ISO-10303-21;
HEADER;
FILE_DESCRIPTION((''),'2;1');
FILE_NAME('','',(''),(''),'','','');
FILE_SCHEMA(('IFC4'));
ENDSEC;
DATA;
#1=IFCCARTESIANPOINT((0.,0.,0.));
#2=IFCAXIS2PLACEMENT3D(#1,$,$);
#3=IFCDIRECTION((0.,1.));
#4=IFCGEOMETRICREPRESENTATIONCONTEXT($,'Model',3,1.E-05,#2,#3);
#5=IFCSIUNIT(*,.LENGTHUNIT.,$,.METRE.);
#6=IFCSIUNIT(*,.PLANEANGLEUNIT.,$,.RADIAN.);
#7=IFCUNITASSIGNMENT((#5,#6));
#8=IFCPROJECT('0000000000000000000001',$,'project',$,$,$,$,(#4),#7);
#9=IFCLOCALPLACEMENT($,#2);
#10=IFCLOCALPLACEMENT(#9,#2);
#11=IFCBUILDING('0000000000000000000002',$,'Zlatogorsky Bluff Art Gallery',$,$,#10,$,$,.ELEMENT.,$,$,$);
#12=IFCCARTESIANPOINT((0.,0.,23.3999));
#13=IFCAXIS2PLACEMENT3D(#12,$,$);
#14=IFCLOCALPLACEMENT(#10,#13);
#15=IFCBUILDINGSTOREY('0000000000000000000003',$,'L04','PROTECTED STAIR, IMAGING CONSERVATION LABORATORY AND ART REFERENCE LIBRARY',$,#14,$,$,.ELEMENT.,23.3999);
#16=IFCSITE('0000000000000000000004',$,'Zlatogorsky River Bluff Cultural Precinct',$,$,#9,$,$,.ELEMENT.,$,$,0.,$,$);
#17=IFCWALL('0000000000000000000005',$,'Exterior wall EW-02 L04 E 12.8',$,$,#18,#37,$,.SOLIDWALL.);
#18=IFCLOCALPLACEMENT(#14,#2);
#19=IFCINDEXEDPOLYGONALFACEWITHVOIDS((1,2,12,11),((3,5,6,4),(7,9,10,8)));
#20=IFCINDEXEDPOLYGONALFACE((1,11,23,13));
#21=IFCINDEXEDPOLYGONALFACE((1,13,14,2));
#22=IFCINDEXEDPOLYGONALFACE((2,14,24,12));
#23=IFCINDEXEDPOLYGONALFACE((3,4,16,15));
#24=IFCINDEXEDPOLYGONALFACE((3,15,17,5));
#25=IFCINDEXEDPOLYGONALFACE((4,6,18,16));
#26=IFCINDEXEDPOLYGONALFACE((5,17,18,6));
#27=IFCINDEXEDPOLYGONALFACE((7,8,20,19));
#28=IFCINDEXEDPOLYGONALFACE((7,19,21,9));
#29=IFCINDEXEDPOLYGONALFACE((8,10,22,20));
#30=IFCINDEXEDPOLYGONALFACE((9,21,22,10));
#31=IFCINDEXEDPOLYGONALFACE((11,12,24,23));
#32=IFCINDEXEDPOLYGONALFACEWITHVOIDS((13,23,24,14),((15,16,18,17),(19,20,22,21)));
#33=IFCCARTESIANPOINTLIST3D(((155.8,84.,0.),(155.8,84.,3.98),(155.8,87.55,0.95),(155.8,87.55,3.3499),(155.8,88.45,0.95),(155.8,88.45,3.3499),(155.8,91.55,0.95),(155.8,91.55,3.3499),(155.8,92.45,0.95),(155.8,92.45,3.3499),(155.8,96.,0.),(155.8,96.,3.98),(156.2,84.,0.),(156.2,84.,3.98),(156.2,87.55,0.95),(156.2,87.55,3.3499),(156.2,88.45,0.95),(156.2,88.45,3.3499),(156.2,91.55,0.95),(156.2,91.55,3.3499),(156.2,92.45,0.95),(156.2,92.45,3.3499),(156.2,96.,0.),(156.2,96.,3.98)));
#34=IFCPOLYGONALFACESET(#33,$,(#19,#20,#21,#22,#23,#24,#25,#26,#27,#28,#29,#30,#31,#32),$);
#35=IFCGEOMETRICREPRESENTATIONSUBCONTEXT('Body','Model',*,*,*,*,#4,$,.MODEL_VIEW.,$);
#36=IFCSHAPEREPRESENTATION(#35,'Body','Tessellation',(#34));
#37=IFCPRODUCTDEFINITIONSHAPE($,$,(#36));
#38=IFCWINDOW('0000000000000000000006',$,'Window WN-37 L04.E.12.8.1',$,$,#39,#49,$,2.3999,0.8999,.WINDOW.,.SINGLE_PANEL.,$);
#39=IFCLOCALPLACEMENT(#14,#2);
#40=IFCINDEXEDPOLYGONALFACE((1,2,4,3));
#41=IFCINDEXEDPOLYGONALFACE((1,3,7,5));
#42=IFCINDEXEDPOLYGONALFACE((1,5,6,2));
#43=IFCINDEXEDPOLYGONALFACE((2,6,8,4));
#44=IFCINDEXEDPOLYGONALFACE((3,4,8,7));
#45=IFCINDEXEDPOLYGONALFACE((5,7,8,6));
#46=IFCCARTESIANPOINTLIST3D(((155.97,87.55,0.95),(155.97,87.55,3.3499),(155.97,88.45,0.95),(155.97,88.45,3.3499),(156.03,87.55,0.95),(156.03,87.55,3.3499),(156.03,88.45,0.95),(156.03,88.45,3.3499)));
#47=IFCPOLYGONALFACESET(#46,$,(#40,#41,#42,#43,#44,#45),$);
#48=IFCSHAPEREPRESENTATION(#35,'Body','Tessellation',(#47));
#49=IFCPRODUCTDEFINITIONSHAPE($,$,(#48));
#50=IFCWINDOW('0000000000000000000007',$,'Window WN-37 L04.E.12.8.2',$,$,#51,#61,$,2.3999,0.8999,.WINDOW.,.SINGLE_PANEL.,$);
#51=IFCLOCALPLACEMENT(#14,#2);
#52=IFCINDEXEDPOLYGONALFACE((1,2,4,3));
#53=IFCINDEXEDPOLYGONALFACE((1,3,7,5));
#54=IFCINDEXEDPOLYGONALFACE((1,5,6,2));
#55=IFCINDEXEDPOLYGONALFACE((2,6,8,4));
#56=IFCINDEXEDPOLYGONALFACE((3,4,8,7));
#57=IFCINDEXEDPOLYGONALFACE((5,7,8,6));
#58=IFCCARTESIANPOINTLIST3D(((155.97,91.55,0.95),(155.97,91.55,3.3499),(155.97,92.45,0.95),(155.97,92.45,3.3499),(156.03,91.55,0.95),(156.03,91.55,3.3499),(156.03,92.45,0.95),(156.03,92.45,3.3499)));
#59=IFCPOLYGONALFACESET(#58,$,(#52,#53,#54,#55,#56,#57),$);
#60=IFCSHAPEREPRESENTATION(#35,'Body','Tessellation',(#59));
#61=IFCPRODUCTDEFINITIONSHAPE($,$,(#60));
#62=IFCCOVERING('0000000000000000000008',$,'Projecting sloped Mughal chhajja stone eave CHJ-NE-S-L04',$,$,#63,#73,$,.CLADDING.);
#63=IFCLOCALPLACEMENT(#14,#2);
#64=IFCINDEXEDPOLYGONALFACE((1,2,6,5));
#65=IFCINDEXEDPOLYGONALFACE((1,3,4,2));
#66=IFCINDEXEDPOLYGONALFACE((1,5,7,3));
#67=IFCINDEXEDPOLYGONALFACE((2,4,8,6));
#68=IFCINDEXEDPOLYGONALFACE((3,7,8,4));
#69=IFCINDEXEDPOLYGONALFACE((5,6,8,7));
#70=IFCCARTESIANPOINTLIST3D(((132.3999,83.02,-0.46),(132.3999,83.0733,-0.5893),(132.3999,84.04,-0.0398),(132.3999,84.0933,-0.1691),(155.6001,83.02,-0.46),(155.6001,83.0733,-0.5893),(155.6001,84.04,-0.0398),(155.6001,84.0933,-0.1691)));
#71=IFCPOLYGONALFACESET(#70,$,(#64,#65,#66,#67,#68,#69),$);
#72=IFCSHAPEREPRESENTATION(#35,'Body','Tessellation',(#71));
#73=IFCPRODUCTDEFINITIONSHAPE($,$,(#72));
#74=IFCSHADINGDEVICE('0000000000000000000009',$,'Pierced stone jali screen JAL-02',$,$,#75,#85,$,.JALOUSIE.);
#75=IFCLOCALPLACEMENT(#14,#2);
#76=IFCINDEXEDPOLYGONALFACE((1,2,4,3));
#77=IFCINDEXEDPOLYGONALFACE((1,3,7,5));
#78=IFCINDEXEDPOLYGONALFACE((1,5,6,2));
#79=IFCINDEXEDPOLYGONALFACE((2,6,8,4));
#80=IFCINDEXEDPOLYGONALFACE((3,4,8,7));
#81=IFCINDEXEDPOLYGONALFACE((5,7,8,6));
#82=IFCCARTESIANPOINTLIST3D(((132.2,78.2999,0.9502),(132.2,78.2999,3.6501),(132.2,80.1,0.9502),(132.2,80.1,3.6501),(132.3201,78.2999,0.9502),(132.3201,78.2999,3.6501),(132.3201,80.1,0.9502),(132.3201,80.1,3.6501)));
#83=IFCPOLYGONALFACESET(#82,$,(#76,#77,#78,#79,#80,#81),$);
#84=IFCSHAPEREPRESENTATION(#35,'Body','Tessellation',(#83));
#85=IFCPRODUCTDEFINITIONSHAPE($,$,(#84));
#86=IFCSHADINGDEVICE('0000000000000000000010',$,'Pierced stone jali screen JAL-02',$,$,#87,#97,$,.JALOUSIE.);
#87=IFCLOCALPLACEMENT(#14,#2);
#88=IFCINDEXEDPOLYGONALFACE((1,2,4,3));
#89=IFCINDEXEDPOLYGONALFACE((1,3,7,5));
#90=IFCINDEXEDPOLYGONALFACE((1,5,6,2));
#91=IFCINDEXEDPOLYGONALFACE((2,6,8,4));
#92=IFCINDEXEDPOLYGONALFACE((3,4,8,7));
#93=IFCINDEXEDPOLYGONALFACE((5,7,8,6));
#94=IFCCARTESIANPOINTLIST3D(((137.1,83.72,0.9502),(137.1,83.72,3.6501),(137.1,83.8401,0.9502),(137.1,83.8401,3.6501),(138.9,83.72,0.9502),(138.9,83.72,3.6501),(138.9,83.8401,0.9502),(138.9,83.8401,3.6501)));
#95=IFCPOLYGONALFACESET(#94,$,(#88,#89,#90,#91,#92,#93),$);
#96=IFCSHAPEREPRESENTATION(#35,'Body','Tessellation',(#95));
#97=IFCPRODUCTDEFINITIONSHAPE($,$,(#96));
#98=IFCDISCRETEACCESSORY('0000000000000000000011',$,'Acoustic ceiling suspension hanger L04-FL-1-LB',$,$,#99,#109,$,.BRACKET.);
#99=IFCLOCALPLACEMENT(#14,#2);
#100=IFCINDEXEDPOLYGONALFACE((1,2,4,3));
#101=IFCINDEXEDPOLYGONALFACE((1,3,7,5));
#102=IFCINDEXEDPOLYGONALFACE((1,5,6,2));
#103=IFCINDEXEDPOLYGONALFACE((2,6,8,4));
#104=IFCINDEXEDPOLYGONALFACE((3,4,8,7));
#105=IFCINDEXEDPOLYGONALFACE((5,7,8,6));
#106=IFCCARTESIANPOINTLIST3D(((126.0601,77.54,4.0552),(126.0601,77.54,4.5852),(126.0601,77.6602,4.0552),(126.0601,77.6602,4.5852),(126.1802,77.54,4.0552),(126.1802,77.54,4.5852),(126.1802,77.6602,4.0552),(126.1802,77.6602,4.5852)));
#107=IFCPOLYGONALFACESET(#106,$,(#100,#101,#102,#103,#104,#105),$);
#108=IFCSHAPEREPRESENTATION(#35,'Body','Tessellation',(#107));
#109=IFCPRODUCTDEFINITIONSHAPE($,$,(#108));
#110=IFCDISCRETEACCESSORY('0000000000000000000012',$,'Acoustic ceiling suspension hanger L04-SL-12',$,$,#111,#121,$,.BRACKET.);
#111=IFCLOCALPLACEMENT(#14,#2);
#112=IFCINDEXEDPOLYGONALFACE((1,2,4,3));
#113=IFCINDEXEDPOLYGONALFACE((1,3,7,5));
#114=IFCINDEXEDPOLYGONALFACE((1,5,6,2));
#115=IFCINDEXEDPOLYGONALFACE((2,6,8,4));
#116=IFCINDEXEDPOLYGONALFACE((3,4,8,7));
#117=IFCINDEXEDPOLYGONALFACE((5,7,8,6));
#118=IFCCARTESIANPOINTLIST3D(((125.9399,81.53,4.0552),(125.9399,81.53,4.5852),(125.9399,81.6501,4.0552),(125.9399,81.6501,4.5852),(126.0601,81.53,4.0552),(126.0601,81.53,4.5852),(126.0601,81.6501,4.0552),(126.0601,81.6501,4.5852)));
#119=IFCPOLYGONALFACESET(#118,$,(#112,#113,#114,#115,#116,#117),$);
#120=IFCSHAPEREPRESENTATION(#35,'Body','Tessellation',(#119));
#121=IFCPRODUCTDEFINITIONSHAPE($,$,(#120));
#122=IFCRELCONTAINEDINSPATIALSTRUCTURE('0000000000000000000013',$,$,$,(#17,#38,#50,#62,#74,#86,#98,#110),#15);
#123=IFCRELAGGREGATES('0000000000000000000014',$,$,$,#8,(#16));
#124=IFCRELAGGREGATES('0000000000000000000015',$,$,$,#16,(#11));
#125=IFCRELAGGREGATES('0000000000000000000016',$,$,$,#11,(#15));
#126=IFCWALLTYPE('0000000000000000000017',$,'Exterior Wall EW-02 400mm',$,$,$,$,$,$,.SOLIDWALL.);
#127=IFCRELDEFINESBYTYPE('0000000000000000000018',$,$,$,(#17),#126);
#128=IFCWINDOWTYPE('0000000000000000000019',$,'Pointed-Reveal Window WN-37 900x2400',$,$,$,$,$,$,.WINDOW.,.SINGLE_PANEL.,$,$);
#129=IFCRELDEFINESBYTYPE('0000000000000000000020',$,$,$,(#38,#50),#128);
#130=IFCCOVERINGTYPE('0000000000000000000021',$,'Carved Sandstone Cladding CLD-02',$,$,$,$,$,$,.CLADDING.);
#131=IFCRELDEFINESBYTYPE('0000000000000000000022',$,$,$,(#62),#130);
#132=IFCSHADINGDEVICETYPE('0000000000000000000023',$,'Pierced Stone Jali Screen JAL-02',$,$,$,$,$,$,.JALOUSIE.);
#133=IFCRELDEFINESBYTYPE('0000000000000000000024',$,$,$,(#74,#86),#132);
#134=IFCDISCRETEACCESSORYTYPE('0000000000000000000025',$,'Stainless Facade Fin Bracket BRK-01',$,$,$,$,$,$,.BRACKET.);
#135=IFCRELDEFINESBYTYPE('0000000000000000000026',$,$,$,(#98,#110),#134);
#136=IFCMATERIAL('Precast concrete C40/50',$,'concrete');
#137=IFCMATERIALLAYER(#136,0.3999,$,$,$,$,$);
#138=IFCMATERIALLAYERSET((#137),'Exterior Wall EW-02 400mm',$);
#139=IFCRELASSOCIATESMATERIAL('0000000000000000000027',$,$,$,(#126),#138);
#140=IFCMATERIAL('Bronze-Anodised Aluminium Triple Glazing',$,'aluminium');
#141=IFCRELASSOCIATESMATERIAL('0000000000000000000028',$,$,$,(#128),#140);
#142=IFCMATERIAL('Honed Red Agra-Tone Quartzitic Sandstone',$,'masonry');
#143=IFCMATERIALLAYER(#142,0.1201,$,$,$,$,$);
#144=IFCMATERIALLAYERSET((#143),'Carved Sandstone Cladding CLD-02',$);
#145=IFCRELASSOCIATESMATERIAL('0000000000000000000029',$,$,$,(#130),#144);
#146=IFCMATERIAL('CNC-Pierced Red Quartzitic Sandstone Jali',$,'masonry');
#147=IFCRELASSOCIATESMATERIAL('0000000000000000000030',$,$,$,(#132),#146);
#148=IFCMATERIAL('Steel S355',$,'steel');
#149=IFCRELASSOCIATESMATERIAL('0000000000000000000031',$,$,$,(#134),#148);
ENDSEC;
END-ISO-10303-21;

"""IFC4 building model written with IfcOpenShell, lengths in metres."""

from ifc_helpers import new_model, si_unit, direction, frame, frame_2d, origin, origin_2d, place, context, subcontext, project, spatial, polyline, rectangle, outline, extrude, material, layer, layer_set, type_object, element, fill, save


model = new_model("IFC4")

# Units and contexts
model_context = context("Model", 3, precision=1e-05, world=origin(), true_north=direction((0.0, 1.0)))
body_context = subcontext(model_context, "Body", "Model", "MODEL_VIEW")
ifc_project = project(units=[si_unit("LENGTHUNIT", "METRE"), si_unit("PLANEANGLEUNIT", "RADIAN")], contexts=[model_context])

# Site, building, storey
site_placement = place(None, origin())
site = spatial("IfcSite", under=ifc_project, at=site_placement, Name="Zlatogorsky River Bluff Cultural Precinct", CompositionType="ELEMENT", RefElevation=0.0)
building_placement = place(site_placement, origin())
building = spatial("IfcBuilding", under=site, at=building_placement, Name="Zlatogorsky Bluff Art Gallery", CompositionType="ELEMENT")
storey_placement = place(building_placement, frame((0.0, 0.0, 23.3999)))
storey = spatial("IfcBuildingStorey", under=building, at=storey_placement, Name="L04", Description="PROTECTED STAIR, IMAGING CONSERVATION LABORATORY AND ART REFERENCE LIBRARY", CompositionType="ELEMENT", Elevation=23.3999)

# Shared definitions
ifc_material_1 = material(Name="Steel S355", Category="steel")

# Shared definitions
ifc_material_2 = material(Name="Precast concrete C40/50", Category="concrete")
ifc_material_3 = material(Name="Bronze-Anodised Aluminium Triple Glazing", Category="aluminium")
ifc_layer_1 = layer(ifc_material_2, 0.3999)
ifc_layer_set_1 = layer_set([ifc_layer_1], Name="Exterior Wall EW-02 400mm")
wall_type_1 = type_object("IfcWallType", Name="Exterior Wall EW-02 400mm", PredefinedType="SOLIDWALL", material=ifc_layer_set_1)

# Wall, openings, windows
wall_1_placement = place(storey_placement, frame((156.0, 84.0, 0.0), z_axis=(0.0, 0.0, 1.0), x_axis=(0.0, 1.0, 0.0)))
wall_1 = element("IfcWall", 1, at=wall_1_placement, inside=storey, type_object=wall_type_1, Name="Exterior wall EW-02 L04 E 12.8", PredefinedType="SOLIDWALL", context=body_context, shape_type="SweptSolid", body=[
    extrude(rectangle(XDim=12.0, YDim=0.3999, at=frame_2d((6.0, 0.0))), origin(), (0.0, 0.0, 1.0), 3.98),
])
opening_1_placement = place(wall_1_placement, frame((3.55, 0.0, 0.95)))
opening_1 = element("IfcOpeningElement", 2, at=opening_1_placement, cuts=wall_1, PredefinedType="OPENING", context=body_context, shape_type="SweptSolid", body=[
    extrude(rectangle(XDim=0.8999, YDim=2.3999, at=frame_2d((0.45, 1.2))), frame((0.0, 0.21, 0.0), z_axis=(0.0, -1.0, 0.0), x_axis=(1.0, 0.0, 0.0)), (0.0, 0.0, 1.0), 0.4199),
])
opening_2_placement = place(wall_1_placement, frame((7.55, 0.0, 0.95)))
opening_2 = element("IfcOpeningElement", 3, at=opening_2_placement, cuts=wall_1, PredefinedType="OPENING", context=body_context, shape_type="SweptSolid", body=[
    extrude(rectangle(XDim=0.8999, YDim=2.3999, at=frame_2d((0.45, 1.2))), frame((0.0, 0.21, 0.0), z_axis=(0.0, -1.0, 0.0), x_axis=(1.0, 0.0, 0.0)), (0.0, 0.0, 1.0), 0.4199),
])
window_type_1 = type_object("IfcWindowType", Name="Pointed-Reveal Window WN-37 900x2400", PartitioningType="SINGLE_PANEL", PredefinedType="WINDOW", material=ifc_material_3)
window_1_placement = place(opening_1_placement, origin())
window_1 = element("IfcWindow", 4, at=window_1_placement, inside=storey, type_object=window_type_1, Name="Window WN-37 L04.E.12.8.1", OverallHeight=2.3999, OverallWidth=0.8999, PartitioningType="SINGLE_PANEL", PredefinedType="WINDOW", context=body_context, shape_type="SweptSolid", body=[
    extrude(rectangle(XDim=0.8999, YDim=2.3999, at=frame_2d((0.45, 1.2))), frame((0.0, 0.03, 0.0), z_axis=(0.0, -1.0, 0.0), x_axis=(1.0, 0.0, 0.0)), (0.0, 0.0, 1.0), 0.0601),
])
fill(opening_1, window_1)
window_2_placement = place(opening_2_placement, origin())
window_2 = element("IfcWindow", 5, at=window_2_placement, inside=storey, type_object=window_type_1, Name="Window WN-37 L04.E.12.8.2", OverallHeight=2.3999, OverallWidth=0.8999, PartitioningType="SINGLE_PANEL", PredefinedType="WINDOW", context=body_context, shape_type="SweptSolid", body=[
    extrude(rectangle(XDim=0.8999, YDim=2.3999, at=frame_2d((0.45, 1.2))), frame((0.0, 0.03, 0.0), z_axis=(0.0, -1.0, 0.0), x_axis=(1.0, 0.0, 0.0)), (0.0, 0.0, 1.0), 0.0601),
])
fill(opening_2, window_2)

# Covering
ifc_material_4 = material(Name="Honed Red Agra-Tone Quartzitic Sandstone", Category="masonry")
ifc_layer_2 = layer(ifc_material_4, 0.1201)
ifc_layer_set_2 = layer_set([ifc_layer_2], Name="Carved Sandstone Cladding CLD-02")
covering_type = type_object("IfcCoveringType", Name="Carved Sandstone Cladding CLD-02", PredefinedType="CLADDING", material=ifc_layer_set_2)
covering_placement = place(storey_placement, frame((155.6001, 84.04, -0.0398), z_axis=(0.0, -0.380872, 0.924628), x_axis=(-1.0, 0.0, 0.0)))
element("IfcCovering", 6, at=covering_placement, inside=storey, type_object=covering_type, Name="Projecting sloped Mughal chhajja stone eave CHJ-NE-S-L04", PredefinedType="CLADDING", context=body_context, shape_type="SweptSolid", body=[
    extrude(outline(polyline([(0.0, 0.0), (23.2002, 0.0), (23.2002, 1.1032), (0.0, 1.1032), (0.0, 0.0)])), origin(), (0.0, 0.0, -1.0), 0.1399),
])

# Shading devices
ifc_material_5 = material(Name="CNC-Pierced Red Quartzitic Sandstone Jali", Category="masonry")
shading_device_type = type_object("IfcShadingDeviceType", Name="Pierced Stone Jali Screen JAL-02", PredefinedType="JALOUSIE", material=ifc_material_5)
shading_device_1_placement = place(storey_placement, frame((132.26, 79.2, 0.9502), z_axis=(0.0, 0.0, 1.0), x_axis=(1.0, 0.0, 0.0)))
element("IfcShadingDevice", 7, at=shading_device_1_placement, inside=storey, type_object=shading_device_type, Name="Pierced stone jali screen JAL-02", PredefinedType="JALOUSIE", context=body_context, shape_type="SweptSolid", body=[
    extrude(rectangle(XDim=0.1201, YDim=1.8, at=origin_2d()), origin(), (0.0, 0.0, 1.0), 2.7),
])
shading_device_2_placement = place(storey_placement, frame((138.0, 83.78, 0.9502), z_axis=(0.0, 0.0, 1.0), x_axis=(1.0, 0.0, 0.0)))
element("IfcShadingDevice", 8, at=shading_device_2_placement, inside=storey, type_object=shading_device_type, Name="Pierced stone jali screen JAL-02", PredefinedType="JALOUSIE", context=body_context, shape_type="SweptSolid", body=[
    extrude(rectangle(XDim=1.8, YDim=0.1201, at=origin_2d()), origin(), (0.0, 0.0, 1.0), 2.7),
])

# Discrete accessories
discrete_accessory_type = type_object("IfcDiscreteAccessoryType", Name="Stainless Facade Fin Bracket BRK-01", PredefinedType="BRACKET", material=ifc_material_1)
for number, where, z_axis, x_axis, name in (
    (9, (126.1201, 77.6001, 4.0552), (0.0, 0.0, 1.0), (1.0, 0.0, 0.0), "Acoustic ceiling suspension hanger L04-FL-1-LB"),
    (10, (126.0, 81.5901, 4.0552), (0.0, 0.0, 1.0), (1.0, 0.0, 0.0), "Acoustic ceiling suspension hanger L04-SL-12"),
):
    element("IfcDiscreteAccessory", number, at=place(storey_placement, frame(where, z_axis=z_axis, x_axis=x_axis)), inside=storey, type_object=discrete_accessory_type, Name=name, PredefinedType="BRACKET", context=body_context, shape_type="SweptSolid", body=[
        extrude(rectangle(XDim=0.1201, YDim=0.1201, at=origin_2d()), origin(), (0.0, 0.0, 1.0), 0.53),
    ])

save(model, "model.ifc")
